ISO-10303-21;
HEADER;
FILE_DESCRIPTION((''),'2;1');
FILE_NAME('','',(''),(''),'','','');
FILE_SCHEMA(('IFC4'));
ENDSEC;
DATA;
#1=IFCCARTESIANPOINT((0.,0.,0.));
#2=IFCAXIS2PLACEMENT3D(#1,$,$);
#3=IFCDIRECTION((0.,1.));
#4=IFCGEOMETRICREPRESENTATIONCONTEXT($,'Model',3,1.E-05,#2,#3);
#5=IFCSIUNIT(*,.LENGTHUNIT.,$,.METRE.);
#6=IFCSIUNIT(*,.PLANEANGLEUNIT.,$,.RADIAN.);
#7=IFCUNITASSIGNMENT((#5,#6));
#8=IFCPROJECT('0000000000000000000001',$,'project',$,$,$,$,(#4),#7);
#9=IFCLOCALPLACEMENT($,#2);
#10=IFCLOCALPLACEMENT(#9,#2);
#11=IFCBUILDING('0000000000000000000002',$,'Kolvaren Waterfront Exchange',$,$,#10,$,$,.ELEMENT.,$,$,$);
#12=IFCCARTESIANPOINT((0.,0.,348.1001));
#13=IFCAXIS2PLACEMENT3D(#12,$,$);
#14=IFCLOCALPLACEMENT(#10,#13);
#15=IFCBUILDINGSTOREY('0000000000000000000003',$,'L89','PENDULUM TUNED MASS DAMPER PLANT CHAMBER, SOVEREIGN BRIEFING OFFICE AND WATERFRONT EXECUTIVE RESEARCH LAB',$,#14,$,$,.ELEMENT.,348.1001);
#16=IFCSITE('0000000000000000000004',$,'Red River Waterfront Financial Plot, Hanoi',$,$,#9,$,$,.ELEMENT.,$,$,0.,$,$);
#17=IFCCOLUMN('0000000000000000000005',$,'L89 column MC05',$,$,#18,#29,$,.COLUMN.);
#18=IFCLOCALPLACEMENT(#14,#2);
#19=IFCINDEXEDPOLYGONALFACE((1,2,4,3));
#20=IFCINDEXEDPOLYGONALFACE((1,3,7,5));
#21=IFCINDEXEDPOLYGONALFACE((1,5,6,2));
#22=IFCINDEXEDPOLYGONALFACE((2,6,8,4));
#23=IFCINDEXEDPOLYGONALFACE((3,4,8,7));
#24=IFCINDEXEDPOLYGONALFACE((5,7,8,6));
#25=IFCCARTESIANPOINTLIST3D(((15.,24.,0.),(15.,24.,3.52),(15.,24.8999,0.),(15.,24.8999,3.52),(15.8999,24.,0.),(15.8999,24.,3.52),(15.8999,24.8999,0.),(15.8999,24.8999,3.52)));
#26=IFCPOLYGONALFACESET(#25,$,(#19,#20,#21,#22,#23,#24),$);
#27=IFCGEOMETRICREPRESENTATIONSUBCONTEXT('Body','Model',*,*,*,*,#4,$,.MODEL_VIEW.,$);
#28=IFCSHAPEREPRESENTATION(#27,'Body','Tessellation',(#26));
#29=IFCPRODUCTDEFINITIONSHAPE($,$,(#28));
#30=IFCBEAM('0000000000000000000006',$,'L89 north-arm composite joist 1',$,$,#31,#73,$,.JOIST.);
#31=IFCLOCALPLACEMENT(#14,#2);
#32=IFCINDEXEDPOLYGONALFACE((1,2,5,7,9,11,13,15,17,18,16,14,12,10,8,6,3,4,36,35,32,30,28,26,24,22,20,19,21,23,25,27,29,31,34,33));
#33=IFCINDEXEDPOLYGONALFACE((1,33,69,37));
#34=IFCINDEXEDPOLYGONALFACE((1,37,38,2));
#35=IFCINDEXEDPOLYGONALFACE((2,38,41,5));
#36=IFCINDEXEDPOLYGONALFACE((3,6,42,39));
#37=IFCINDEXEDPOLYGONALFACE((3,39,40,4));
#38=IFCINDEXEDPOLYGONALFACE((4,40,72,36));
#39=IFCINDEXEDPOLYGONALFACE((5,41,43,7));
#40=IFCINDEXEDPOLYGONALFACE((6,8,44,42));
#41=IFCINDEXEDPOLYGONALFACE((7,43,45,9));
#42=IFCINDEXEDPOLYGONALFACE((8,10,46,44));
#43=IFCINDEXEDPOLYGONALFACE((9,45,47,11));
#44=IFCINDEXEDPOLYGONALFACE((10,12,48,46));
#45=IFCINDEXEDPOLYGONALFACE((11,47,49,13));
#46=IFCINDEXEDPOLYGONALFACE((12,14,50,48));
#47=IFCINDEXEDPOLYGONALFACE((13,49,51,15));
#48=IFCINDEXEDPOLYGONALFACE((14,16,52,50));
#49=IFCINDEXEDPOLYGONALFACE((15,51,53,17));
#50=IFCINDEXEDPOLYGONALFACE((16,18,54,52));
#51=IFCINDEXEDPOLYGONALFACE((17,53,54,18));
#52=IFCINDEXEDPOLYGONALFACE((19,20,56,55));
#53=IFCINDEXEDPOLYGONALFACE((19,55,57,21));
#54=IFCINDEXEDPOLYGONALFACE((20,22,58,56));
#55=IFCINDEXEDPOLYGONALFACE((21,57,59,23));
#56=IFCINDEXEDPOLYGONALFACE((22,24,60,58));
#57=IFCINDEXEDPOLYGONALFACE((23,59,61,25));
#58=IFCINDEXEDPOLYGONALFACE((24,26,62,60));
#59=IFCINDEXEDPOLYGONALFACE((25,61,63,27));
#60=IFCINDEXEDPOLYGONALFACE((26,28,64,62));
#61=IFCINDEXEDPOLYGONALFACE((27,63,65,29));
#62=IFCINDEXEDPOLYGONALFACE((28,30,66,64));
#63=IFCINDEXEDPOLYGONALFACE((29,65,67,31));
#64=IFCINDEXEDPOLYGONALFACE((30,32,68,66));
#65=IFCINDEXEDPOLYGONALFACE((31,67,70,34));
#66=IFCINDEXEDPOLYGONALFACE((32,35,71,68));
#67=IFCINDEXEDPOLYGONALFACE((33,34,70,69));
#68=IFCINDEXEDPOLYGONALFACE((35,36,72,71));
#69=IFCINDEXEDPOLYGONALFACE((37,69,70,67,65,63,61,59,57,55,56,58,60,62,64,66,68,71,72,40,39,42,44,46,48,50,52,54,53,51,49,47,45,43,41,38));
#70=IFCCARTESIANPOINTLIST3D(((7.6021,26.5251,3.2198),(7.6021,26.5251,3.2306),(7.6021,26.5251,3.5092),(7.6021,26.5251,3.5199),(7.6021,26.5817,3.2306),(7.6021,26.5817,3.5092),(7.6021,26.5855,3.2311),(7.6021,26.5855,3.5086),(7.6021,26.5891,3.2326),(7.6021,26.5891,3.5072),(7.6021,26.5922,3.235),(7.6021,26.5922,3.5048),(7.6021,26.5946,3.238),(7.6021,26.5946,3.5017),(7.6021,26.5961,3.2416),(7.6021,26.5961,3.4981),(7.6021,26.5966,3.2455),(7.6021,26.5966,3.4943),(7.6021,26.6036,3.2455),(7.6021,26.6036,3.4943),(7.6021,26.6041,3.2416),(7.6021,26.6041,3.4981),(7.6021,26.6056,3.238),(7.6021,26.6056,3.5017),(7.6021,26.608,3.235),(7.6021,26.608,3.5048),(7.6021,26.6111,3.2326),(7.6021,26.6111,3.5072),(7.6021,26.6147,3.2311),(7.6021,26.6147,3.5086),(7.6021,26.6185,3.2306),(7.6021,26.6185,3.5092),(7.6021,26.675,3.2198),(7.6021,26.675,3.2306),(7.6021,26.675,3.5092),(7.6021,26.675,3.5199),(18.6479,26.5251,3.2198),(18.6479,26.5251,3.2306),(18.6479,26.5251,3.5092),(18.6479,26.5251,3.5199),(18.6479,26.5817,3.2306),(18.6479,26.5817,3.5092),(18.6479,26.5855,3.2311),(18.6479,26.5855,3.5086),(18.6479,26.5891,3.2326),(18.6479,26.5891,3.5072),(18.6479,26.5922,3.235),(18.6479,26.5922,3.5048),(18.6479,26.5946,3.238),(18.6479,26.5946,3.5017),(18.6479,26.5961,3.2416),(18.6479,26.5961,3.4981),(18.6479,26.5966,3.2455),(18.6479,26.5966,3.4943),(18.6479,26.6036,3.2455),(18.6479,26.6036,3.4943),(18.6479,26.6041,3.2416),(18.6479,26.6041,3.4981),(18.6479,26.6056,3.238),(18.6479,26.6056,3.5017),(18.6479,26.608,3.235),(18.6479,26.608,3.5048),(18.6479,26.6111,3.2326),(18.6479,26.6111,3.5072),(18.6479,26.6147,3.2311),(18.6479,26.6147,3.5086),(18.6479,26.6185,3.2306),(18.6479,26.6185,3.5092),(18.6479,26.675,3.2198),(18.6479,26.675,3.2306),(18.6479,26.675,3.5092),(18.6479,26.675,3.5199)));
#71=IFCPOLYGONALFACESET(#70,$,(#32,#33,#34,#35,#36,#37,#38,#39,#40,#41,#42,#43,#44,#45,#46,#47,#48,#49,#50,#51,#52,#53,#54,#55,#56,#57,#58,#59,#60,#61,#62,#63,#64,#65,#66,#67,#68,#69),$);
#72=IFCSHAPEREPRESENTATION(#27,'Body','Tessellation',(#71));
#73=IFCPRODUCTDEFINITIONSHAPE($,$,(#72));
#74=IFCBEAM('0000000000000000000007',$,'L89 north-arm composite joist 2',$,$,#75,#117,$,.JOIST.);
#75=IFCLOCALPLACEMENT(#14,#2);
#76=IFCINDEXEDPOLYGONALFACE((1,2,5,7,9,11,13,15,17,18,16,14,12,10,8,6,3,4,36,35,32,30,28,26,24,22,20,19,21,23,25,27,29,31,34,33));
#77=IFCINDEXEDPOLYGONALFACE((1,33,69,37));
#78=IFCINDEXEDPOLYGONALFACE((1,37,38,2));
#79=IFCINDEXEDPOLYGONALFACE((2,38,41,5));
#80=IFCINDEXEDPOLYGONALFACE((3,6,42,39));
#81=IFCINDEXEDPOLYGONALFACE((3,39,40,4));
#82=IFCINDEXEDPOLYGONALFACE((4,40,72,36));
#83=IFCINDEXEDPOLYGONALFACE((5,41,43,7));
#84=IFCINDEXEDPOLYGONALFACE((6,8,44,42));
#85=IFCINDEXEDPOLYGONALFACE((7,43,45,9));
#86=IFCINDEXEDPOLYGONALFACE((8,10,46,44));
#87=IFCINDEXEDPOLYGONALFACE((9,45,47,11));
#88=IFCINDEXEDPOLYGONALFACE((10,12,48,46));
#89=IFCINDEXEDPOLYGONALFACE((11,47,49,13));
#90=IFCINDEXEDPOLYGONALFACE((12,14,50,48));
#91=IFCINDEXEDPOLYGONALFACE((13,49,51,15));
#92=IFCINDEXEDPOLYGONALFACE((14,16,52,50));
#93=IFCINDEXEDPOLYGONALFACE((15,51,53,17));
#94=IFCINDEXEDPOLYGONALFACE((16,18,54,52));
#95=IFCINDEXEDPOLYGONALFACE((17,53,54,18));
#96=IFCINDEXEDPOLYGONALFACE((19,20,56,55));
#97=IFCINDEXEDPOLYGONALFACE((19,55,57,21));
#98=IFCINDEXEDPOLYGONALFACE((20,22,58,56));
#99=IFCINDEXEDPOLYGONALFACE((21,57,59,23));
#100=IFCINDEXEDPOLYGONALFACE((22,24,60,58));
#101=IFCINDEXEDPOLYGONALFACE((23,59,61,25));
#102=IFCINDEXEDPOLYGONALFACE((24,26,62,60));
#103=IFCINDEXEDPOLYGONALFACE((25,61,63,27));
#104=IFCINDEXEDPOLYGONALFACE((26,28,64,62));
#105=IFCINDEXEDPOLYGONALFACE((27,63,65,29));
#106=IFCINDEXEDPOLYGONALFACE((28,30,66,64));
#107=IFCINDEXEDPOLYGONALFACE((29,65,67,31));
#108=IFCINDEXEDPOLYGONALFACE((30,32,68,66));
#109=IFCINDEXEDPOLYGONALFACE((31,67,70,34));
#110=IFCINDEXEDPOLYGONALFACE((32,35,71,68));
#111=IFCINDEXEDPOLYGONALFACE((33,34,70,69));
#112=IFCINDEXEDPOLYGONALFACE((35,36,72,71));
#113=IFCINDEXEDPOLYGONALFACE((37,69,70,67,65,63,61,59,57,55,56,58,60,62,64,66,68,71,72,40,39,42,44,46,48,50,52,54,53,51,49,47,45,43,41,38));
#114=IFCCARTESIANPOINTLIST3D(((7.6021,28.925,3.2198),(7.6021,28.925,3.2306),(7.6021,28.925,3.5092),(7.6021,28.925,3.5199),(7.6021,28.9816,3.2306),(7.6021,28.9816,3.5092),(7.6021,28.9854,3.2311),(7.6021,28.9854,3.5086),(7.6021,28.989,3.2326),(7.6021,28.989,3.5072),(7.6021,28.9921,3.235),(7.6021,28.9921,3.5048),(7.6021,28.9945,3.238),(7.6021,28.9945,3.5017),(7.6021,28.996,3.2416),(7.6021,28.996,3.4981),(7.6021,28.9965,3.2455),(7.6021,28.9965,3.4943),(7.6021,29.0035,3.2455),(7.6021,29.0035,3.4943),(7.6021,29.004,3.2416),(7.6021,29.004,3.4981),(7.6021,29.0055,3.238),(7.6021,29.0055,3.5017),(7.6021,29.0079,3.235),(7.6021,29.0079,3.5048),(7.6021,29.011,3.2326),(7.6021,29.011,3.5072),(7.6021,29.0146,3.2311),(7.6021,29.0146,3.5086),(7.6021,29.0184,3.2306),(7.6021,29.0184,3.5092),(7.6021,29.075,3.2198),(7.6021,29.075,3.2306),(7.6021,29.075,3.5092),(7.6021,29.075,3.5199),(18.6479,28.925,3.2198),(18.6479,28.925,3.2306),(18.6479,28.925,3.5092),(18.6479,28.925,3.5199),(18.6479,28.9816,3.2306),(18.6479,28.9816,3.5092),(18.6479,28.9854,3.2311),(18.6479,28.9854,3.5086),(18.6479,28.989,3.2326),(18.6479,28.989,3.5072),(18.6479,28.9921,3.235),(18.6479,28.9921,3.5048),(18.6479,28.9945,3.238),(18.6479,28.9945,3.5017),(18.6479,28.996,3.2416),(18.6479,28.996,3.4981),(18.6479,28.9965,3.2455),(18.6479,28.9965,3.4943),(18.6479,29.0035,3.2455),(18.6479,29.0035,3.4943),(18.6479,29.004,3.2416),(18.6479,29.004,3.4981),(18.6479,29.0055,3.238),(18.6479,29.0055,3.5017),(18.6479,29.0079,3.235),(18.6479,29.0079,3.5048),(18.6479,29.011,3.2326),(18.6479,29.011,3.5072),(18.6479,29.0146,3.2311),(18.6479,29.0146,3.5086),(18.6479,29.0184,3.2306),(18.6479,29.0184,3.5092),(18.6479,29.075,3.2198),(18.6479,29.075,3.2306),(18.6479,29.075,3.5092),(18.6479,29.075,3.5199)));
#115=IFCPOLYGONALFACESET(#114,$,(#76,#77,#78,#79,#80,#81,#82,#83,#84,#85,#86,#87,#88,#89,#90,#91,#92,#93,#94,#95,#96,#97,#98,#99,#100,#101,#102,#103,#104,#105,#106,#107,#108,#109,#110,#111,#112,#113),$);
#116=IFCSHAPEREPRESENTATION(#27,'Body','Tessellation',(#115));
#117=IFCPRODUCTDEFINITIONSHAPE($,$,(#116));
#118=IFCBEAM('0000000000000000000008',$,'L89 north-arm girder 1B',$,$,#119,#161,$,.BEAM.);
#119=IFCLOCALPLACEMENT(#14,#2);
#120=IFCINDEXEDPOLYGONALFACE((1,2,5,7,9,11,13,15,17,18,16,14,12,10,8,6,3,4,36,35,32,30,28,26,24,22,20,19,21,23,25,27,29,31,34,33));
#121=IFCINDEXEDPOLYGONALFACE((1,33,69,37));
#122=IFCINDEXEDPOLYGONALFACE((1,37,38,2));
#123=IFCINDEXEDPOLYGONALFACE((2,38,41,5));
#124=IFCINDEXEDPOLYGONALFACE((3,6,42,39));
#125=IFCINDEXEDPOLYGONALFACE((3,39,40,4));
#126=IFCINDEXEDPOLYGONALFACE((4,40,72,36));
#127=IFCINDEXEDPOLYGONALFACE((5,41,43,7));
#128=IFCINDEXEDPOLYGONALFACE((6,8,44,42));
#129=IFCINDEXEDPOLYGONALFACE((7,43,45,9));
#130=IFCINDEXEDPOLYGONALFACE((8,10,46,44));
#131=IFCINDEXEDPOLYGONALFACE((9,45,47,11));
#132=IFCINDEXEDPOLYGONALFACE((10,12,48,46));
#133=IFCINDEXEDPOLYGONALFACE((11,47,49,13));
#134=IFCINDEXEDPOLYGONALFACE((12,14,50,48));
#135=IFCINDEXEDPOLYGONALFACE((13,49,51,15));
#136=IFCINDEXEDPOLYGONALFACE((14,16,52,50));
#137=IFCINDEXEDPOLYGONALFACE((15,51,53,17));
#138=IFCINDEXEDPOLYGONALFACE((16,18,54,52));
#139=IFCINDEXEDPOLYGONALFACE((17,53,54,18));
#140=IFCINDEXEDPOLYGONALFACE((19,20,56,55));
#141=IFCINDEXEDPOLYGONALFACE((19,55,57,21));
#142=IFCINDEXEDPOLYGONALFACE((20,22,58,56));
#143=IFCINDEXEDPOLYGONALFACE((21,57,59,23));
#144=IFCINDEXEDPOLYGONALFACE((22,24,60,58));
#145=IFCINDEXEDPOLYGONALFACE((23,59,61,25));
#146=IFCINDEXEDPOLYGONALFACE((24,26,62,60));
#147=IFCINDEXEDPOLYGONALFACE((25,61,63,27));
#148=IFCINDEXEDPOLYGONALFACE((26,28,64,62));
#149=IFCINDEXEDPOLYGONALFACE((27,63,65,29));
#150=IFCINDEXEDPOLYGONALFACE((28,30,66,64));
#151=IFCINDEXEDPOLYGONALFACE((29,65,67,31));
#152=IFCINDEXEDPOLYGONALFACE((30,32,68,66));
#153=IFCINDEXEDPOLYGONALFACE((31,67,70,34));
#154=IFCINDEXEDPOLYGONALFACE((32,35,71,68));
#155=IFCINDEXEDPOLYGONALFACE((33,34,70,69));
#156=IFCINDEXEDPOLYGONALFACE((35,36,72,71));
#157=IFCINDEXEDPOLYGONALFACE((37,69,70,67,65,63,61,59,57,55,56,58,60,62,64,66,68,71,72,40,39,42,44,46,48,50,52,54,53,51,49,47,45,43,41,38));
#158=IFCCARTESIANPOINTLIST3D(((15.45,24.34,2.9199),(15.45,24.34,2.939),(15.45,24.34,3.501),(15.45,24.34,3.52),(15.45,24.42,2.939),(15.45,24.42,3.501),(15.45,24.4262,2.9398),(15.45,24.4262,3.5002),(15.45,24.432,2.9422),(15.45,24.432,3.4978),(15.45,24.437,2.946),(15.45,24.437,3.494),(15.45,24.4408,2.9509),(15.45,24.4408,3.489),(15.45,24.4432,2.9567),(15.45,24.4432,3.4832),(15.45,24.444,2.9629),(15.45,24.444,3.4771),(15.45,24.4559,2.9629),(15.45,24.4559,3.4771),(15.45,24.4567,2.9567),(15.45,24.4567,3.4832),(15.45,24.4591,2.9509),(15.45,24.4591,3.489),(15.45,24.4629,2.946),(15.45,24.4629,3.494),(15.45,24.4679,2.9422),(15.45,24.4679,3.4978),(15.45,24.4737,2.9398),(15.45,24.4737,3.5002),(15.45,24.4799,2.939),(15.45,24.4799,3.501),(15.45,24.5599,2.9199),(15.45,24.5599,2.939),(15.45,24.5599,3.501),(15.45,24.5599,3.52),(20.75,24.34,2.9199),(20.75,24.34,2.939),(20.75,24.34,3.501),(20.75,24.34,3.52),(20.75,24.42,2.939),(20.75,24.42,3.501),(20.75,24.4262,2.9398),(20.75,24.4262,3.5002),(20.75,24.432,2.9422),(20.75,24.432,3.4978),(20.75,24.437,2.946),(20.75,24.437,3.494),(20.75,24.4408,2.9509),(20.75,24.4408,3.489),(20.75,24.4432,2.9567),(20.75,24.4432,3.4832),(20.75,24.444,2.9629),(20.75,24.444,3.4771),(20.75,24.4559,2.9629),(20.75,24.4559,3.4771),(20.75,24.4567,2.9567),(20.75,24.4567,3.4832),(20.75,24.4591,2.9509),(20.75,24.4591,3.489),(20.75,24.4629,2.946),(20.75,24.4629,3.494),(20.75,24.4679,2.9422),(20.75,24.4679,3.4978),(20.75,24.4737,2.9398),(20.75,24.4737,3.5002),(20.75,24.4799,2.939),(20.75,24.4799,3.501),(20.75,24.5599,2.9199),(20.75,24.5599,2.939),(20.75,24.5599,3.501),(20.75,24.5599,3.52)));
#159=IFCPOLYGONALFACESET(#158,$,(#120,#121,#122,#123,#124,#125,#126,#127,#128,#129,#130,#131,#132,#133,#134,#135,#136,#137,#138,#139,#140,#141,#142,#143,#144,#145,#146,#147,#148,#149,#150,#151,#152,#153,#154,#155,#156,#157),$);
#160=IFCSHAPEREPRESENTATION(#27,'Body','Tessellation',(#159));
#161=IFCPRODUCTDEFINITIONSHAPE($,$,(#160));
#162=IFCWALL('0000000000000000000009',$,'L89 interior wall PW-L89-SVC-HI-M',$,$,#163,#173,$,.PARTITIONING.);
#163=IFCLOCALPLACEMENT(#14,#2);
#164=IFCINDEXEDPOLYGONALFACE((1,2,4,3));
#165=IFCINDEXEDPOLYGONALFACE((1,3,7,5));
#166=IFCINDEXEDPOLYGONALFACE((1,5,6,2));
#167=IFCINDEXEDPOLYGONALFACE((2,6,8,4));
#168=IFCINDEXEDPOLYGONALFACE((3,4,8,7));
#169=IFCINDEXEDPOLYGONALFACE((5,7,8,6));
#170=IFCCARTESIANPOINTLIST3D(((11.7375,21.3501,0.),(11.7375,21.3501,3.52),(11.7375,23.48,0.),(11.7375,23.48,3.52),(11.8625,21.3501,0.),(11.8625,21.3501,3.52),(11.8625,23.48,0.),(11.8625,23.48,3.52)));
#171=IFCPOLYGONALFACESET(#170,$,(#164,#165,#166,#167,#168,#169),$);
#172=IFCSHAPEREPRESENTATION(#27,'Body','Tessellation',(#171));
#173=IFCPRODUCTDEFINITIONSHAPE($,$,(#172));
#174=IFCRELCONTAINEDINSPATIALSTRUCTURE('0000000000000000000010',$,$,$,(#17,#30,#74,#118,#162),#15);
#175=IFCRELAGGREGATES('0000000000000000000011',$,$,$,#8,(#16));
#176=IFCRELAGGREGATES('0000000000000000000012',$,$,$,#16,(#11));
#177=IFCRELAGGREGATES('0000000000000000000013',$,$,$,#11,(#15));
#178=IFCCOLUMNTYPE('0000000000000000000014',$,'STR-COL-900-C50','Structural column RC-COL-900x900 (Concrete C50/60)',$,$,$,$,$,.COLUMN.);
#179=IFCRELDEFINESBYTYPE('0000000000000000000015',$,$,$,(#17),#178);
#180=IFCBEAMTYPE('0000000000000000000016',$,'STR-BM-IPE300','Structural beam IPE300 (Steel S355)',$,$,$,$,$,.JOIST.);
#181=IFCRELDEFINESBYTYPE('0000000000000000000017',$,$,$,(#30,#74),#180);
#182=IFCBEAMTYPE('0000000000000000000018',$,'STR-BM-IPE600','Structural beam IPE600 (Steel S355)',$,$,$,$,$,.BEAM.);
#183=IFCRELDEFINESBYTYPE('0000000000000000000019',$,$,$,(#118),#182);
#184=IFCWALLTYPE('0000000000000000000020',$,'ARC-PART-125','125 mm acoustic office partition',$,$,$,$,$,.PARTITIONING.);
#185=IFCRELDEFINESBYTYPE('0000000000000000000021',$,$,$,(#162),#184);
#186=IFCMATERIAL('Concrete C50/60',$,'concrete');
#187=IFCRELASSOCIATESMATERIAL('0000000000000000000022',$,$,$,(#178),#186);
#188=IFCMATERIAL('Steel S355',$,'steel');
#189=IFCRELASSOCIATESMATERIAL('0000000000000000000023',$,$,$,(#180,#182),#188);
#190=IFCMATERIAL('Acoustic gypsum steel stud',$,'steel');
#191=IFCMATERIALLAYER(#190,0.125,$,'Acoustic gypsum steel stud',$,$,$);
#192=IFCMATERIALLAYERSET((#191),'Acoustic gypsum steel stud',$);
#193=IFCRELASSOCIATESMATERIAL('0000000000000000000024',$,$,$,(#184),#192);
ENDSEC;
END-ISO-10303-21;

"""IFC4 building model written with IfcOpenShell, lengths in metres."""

from ifc_helpers import new_model, si_unit, direction, frame, frame_2d, origin, origin_2d, place, context, subcontext, project, spatial, rectangle, i_section, extrude, material, layer, layer_set, material_profile, profile_set, type_object, element, save


model = new_model("IFC4")

# Units and contexts
model_context = context("Model", 3, precision=1e-05, world=origin(), true_north=direction((0.0, 1.0)))
body_context = subcontext(model_context, "Body", "Model", "MODEL_VIEW")
ifc_project = project(units=[si_unit("LENGTHUNIT", "METRE"), si_unit("PLANEANGLEUNIT", "RADIAN")], contexts=[model_context])

# Site, building, storey
site_placement = place(None, origin())
site = spatial("IfcSite", under=ifc_project, at=site_placement, Name="Red River Waterfront Financial Plot, Hanoi", CompositionType="ELEMENT", RefElevation=0.0)
building_placement = place(site_placement, origin())
building = spatial("IfcBuilding", under=site, at=building_placement, Name="Kolvaren Waterfront Exchange", CompositionType="ELEMENT")
storey_placement = place(building_placement, frame((0.0, 0.0, 348.1001)))
storey = spatial("IfcBuildingStorey", under=building, at=storey_placement, Name="L89", Description="PENDULUM TUNED MASS DAMPER PLANT CHAMBER, SOVEREIGN BRIEFING OFFICE AND WATERFRONT EXECUTIVE RESEARCH LAB", CompositionType="ELEMENT", Elevation=348.1001)

# Column
ifc_material_1 = material(Name="Concrete C50/60", Category="concrete")
ifc_material_profile_1 = material_profile(ifc_material_1, rectangle(XDim=0.8999, YDim=0.8999, at=origin_2d()), Name="RC-COL-900x900")
ifc_profile_set_1 = profile_set([ifc_material_profile_1], Name="Concrete C50/60")
column_type = type_object("IfcColumnType", Name="STR-COL-900-C50", Description="Structural column RC-COL-900x900 (Concrete C50/60)", PredefinedType="COLUMN", material=ifc_profile_set_1)
column_placement = place(storey_placement, frame((15.45, 24.45, 0.0), z_axis=(0.0, 0.0, 1.0), x_axis=(1.0, 0.0, 0.0)))
element("IfcColumn", 1, at=column_placement, inside=storey, type_object=column_type, Name="L89 column MC05", PredefinedType="COLUMN", context=body_context, shape_type="SweptSolid", body=[
    extrude(rectangle(XDim=0.8999, YDim=0.8999, at=origin_2d()), origin(), (0.0, 0.0, 1.0), 3.52),
])

# Beams
ifc_material_2 = material(Name="Steel S355", Category="steel")
ifc_material_profile_2 = material_profile(ifc_material_2, i_section(OverallWidth=0.1499, OverallDepth=0.3, WebThickness=0.0071, FlangeThickness=0.0107, FilletRadius=0.0149, at=origin_2d()), Name="IPE300")
ifc_profile_set_2 = profile_set([ifc_material_profile_2], Name="Steel S355")
beam_type_1 = type_object("IfcBeamType", Name="STR-BM-IPE300", Description="Structural beam IPE300 (Steel S355)", PredefinedType="JOIST", material=ifc_profile_set_2)
for number, where, z_axis, x_axis, name in (
    (2, (7.6021, 26.6001, 3.3699), (1.0, 0.0, 0.0), (0.0, 1.0, 0.0), "L89 north-arm composite joist 1"),
    (3, (7.6021, 29.0, 3.3699), (1.0, 0.0, 0.0), (0.0, 1.0, 0.0), "L89 north-arm composite joist 2"),
):
    element("IfcBeam", number, at=place(storey_placement, frame(where, z_axis=z_axis, x_axis=x_axis)), inside=storey, type_object=beam_type_1, Name=name, PredefinedType="JOIST", context=body_context, shape_type="SweptSolid", body=[
        extrude(i_section(OverallWidth=0.1499, OverallDepth=0.3, WebThickness=0.0071, FlangeThickness=0.0107, FilletRadius=0.0149, at=origin_2d()), origin(), (0.0, 0.0, 1.0), 11.0459),
    ])
ifc_material_profile_3 = material_profile(ifc_material_2, i_section(OverallWidth=0.22, OverallDepth=0.6001, WebThickness=0.012, FlangeThickness=0.019, FilletRadius=0.0239, at=origin_2d()), Name="IPE600")
ifc_profile_set_3 = profile_set([ifc_material_profile_3], Name="Steel S355")
beam_type_2 = type_object("IfcBeamType", Name="STR-BM-IPE600", Description="Structural beam IPE600 (Steel S355)", PredefinedType="BEAM", material=ifc_profile_set_3)
beam_placement = place(storey_placement, frame((15.45, 24.45, 3.22), z_axis=(1.0, 0.0, 0.0), x_axis=(0.0, 1.0, 0.0)))
element("IfcBeam", 4, at=beam_placement, inside=storey, type_object=beam_type_2, Name="L89 north-arm girder 1B", PredefinedType="BEAM", context=body_context, shape_type="SweptSolid", body=[
    extrude(i_section(OverallWidth=0.22, OverallDepth=0.6001, WebThickness=0.012, FlangeThickness=0.019, FilletRadius=0.0239, at=origin_2d()), origin(), (0.0, 0.0, 1.0), 5.3),
])

# Shared definitions
ifc_material_3 = material(Name="Acoustic gypsum steel stud", Category="steel")
ifc_layer_1 = layer(ifc_material_3, 0.125, Name="Acoustic gypsum steel stud")
ifc_layer_set_1 = layer_set([ifc_layer_1], Name="Acoustic gypsum steel stud")
wall_type_1 = type_object("IfcWallType", Name="ARC-PART-125", Description="125 mm acoustic office partition", PredefinedType="PARTITIONING", material=ifc_layer_set_1)

# Wall
wall_1_placement = place(storey_placement, frame((11.8, 21.3501, 0.0), z_axis=(0.0, 0.0, 1.0), x_axis=(0.0, 1.0, 0.0)))
element("IfcWall", 5, at=wall_1_placement, inside=storey, type_object=wall_type_1, Name="L89 interior wall PW-L89-SVC-HI-M", PredefinedType="PARTITIONING", context=body_context, shape_type="SweptSolid", body=[
    extrude(rectangle(XDim=2.1299, YDim=0.125, at=frame_2d((1.0649, 0.0))), origin(), (0.0, 0.0, 1.0), 3.52),
])

save(model, "model.ifc")
